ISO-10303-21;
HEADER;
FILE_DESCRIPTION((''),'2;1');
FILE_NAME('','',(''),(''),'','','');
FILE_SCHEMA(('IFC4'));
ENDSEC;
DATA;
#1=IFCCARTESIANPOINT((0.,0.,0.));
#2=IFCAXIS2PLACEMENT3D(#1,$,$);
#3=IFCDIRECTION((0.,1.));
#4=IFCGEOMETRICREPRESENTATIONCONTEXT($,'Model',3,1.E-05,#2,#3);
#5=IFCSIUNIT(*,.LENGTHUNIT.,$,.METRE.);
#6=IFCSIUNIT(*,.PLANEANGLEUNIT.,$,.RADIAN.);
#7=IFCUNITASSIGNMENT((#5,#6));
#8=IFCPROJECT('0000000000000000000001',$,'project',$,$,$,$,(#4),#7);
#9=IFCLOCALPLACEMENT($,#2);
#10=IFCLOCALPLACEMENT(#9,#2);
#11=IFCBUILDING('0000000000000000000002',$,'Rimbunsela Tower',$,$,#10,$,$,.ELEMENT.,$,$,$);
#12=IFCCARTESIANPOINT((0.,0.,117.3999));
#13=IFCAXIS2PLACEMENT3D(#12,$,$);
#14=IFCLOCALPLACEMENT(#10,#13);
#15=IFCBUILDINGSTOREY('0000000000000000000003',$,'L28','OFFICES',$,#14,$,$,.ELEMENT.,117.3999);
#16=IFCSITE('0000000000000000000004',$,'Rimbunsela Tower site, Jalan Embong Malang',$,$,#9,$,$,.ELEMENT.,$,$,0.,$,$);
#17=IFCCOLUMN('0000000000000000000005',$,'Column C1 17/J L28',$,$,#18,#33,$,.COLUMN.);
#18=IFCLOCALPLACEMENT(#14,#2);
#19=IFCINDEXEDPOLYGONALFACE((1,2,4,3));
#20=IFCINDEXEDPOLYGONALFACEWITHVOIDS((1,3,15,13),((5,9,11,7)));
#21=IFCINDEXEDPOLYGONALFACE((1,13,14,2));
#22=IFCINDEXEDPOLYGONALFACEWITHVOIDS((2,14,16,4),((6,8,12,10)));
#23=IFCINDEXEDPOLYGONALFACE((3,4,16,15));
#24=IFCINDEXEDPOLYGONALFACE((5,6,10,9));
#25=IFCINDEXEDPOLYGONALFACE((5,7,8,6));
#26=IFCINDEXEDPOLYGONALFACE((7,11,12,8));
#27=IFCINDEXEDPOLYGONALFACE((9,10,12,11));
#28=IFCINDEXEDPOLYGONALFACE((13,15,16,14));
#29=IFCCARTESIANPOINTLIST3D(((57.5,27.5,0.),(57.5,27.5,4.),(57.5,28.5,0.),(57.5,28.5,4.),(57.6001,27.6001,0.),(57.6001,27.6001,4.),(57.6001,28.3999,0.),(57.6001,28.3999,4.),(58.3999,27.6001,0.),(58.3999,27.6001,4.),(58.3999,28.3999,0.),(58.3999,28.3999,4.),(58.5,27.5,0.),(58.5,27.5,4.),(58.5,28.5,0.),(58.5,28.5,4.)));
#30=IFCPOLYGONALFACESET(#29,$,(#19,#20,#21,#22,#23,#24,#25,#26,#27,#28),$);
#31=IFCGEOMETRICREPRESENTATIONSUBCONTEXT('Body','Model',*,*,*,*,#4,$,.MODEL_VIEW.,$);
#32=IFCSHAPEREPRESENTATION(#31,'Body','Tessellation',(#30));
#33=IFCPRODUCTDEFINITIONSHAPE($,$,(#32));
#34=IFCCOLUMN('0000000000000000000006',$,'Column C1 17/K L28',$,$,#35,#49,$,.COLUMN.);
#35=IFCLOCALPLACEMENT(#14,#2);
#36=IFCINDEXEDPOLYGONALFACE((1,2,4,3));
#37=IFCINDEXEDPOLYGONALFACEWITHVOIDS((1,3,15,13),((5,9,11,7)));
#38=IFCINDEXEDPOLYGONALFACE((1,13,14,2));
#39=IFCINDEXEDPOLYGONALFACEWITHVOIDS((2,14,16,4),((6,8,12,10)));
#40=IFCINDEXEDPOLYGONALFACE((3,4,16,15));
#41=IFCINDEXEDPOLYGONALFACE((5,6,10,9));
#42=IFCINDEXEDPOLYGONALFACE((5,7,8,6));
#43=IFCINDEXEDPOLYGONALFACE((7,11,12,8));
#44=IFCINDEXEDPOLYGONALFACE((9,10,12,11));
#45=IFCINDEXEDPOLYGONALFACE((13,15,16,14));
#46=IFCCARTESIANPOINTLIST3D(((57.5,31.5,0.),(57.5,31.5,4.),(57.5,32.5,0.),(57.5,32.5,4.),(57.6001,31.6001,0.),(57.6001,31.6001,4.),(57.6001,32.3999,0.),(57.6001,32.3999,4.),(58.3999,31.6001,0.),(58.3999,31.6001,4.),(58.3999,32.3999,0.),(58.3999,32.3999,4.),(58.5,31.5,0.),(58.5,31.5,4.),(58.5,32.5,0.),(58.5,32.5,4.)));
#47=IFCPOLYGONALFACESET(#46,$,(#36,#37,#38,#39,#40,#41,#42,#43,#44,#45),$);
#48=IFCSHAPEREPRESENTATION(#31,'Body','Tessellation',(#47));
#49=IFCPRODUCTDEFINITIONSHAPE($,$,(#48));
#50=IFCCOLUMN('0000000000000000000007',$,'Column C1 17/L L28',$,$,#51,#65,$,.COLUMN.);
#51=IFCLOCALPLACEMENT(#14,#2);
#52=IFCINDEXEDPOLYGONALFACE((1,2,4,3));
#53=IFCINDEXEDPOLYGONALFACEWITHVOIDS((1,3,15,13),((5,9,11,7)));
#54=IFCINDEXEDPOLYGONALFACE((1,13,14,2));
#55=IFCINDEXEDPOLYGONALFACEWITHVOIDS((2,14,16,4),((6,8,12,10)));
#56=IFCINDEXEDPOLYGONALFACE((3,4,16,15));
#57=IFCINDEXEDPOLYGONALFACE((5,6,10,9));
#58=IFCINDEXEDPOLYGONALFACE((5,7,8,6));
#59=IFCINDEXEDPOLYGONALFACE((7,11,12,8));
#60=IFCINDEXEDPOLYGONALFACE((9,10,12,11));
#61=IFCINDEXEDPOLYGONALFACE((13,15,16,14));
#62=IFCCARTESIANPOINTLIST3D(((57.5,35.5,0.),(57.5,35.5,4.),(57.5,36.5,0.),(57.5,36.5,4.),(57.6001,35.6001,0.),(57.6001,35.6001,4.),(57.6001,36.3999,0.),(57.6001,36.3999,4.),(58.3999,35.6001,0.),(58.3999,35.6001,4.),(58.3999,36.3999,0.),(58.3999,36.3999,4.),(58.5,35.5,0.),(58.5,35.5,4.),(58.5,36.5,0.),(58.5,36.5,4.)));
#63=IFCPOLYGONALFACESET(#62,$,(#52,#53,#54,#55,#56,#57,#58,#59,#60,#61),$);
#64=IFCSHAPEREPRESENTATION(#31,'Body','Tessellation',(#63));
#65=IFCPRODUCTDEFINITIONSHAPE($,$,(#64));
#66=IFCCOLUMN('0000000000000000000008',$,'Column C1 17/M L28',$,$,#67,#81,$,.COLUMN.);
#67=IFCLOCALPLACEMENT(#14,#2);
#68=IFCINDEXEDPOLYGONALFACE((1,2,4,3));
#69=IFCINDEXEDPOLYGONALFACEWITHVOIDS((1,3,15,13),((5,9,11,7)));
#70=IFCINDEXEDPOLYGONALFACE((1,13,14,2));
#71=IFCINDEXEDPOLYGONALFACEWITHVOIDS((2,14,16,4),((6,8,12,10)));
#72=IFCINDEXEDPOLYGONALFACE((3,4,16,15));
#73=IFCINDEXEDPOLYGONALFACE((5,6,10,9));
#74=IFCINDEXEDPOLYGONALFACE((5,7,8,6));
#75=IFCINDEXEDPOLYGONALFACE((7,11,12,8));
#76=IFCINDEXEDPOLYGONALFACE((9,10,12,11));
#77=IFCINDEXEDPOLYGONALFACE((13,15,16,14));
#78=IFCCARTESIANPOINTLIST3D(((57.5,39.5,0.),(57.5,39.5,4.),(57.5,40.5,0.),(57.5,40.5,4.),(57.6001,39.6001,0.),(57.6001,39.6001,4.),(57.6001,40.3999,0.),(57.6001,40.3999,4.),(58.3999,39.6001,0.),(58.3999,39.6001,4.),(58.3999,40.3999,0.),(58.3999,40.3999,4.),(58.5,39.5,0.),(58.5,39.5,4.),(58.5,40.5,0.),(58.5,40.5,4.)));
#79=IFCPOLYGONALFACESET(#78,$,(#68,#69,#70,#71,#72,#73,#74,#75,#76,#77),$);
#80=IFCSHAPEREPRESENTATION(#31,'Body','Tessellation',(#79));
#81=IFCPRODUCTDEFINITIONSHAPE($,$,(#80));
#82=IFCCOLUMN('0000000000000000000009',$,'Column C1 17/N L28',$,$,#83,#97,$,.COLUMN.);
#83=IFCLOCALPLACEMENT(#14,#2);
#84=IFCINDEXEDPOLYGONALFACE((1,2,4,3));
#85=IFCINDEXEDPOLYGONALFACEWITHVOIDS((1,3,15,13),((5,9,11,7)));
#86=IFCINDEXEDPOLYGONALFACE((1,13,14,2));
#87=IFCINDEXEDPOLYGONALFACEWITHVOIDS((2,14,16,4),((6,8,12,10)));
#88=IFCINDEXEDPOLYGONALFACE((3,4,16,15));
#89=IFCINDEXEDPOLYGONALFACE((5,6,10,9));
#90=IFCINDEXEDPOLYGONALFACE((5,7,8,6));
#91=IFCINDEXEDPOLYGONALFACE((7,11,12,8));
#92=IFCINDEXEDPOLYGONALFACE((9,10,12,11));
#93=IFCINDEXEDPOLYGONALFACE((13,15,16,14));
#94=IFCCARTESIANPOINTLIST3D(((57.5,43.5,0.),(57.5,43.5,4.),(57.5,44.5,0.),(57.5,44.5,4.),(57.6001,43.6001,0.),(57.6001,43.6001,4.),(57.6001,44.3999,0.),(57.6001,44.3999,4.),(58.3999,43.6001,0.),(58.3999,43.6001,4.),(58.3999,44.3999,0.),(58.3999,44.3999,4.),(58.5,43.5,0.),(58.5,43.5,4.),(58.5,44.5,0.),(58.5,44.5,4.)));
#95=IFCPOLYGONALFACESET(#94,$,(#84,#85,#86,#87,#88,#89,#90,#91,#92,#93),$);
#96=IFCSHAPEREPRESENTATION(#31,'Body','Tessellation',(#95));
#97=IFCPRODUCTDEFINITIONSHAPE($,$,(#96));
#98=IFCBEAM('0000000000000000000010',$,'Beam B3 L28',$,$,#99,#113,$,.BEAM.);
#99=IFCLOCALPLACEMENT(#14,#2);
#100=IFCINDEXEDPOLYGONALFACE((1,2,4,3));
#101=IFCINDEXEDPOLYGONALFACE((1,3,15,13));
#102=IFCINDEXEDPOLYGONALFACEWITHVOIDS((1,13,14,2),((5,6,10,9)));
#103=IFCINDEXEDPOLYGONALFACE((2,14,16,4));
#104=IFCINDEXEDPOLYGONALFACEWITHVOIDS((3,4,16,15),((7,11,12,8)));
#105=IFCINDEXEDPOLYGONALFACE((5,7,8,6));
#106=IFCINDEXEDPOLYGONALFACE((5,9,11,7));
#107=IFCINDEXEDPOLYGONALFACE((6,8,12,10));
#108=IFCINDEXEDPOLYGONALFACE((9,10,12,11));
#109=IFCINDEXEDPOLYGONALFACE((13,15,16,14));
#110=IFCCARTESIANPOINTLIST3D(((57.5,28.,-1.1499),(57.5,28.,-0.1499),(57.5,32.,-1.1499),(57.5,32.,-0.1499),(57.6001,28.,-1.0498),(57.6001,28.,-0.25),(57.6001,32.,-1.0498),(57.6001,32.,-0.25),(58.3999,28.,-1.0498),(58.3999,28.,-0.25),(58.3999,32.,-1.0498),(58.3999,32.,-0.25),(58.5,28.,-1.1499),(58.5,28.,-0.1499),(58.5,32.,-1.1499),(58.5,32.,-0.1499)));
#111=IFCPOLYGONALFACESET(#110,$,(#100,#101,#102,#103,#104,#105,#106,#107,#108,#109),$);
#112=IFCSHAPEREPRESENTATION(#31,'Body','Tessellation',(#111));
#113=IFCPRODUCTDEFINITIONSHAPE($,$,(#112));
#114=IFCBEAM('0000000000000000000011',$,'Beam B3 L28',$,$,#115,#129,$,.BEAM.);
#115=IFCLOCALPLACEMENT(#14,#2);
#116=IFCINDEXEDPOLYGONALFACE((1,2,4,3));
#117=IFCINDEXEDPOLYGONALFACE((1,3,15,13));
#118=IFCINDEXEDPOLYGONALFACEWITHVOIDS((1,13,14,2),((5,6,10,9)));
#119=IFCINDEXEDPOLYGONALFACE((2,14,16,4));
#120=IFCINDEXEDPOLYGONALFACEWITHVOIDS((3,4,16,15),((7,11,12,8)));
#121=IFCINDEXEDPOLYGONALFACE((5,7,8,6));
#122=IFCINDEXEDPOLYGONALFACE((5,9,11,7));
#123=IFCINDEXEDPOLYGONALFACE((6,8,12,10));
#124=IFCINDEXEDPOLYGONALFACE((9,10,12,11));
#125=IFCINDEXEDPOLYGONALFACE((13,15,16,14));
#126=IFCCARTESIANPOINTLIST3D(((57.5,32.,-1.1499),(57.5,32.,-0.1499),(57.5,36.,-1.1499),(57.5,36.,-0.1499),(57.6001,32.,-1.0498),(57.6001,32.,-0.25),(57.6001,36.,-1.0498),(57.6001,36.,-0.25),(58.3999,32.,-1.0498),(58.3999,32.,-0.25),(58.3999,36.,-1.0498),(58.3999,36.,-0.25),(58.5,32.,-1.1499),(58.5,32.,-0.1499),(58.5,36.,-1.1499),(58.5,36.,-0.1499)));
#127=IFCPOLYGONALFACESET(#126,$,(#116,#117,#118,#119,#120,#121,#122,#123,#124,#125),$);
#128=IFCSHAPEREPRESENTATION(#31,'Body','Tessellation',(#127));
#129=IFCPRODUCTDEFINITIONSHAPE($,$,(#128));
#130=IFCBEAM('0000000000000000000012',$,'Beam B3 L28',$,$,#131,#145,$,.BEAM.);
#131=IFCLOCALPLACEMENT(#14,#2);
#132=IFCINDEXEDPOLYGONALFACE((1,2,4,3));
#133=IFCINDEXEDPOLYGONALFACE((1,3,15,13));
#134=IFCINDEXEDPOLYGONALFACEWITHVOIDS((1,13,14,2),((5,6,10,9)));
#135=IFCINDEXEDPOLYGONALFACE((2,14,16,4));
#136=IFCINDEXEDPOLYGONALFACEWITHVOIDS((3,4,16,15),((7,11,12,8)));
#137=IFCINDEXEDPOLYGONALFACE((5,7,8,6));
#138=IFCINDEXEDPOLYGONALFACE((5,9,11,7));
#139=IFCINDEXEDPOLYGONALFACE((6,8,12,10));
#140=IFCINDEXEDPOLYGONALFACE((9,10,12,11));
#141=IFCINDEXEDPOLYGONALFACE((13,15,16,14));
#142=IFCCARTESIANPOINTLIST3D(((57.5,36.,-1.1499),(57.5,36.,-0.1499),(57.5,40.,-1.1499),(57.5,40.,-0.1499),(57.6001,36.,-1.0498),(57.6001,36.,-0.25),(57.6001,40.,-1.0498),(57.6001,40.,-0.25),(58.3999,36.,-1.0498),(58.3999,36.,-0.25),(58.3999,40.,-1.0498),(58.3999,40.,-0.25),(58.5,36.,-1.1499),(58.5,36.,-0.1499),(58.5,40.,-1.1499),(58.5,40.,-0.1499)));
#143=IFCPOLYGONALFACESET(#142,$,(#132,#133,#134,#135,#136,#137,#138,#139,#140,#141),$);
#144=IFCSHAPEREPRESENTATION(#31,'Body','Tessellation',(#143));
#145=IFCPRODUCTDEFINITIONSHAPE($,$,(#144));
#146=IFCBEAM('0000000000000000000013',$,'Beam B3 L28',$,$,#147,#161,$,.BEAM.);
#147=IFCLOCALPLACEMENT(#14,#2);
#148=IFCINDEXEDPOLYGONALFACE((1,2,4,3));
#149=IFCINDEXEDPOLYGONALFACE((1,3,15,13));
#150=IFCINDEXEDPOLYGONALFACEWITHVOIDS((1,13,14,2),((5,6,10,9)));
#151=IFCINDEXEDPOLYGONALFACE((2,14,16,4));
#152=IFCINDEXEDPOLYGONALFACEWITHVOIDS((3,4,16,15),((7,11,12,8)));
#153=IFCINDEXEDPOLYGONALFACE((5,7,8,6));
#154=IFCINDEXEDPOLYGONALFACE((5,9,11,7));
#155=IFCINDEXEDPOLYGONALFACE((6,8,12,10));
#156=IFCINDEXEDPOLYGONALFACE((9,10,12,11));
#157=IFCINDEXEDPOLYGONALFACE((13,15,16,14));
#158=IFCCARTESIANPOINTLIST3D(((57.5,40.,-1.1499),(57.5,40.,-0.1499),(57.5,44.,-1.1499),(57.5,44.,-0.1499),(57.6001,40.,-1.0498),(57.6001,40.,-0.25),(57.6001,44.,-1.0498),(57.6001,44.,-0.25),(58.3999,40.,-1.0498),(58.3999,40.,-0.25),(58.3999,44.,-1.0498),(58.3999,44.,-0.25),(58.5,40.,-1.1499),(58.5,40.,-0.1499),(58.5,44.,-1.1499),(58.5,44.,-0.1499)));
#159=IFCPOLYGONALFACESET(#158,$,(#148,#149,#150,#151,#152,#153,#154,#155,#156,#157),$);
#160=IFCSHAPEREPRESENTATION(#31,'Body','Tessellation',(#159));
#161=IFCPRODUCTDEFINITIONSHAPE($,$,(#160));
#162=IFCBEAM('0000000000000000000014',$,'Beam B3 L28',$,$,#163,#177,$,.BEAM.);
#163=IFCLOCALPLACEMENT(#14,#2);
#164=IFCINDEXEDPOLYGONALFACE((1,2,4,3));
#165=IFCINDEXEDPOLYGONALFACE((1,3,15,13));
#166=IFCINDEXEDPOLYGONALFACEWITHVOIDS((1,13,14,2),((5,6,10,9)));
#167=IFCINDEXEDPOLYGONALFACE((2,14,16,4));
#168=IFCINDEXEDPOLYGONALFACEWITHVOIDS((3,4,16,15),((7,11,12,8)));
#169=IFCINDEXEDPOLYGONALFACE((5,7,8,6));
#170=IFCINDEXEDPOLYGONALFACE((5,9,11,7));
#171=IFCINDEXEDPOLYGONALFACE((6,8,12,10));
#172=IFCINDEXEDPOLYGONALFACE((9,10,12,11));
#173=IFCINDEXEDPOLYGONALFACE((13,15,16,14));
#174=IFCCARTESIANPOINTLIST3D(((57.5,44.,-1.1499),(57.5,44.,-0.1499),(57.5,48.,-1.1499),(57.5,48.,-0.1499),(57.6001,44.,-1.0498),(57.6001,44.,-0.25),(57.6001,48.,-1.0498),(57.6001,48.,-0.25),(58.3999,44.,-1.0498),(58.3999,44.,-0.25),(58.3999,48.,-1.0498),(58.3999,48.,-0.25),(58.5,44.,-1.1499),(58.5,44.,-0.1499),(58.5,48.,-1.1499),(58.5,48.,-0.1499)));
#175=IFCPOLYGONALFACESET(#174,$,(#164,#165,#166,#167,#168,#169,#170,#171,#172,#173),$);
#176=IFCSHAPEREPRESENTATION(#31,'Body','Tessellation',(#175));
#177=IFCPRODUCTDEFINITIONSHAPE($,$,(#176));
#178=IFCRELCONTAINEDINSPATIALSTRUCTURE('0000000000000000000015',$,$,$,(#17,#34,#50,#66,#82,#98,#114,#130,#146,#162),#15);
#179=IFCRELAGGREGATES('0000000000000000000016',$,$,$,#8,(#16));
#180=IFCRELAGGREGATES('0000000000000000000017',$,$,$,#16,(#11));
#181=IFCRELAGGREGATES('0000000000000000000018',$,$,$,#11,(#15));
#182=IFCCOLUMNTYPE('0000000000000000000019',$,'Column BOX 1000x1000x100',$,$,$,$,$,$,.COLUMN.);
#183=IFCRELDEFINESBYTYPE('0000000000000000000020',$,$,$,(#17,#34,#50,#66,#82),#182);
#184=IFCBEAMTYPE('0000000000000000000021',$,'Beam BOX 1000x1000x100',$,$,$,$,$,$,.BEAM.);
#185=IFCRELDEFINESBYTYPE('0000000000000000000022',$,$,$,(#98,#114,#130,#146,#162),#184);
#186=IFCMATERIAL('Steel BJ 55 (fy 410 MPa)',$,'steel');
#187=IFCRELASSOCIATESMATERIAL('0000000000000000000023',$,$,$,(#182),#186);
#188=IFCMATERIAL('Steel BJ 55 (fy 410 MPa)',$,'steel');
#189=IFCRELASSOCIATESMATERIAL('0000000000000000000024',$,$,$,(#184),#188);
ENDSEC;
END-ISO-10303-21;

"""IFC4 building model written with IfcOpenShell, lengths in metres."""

from ifc_helpers import new_model, si_unit, direction, frame, origin, origin_2d, place, context, subcontext, project, spatial, hollow_rectangle, extrude, material, material_profile, profile_set, type_object, element, save


model = new_model("IFC4")

# Units and contexts
model_context = context("Model", 3, precision=1e-05, world=origin(), true_north=direction((0.0, 1.0)))
body_context = subcontext(model_context, "Body", "Model", "MODEL_VIEW")
ifc_project = project(units=[si_unit("LENGTHUNIT", "METRE"), si_unit("PLANEANGLEUNIT", "RADIAN")], contexts=[model_context])

# Site, building, storey
site_placement = place(None, origin())
site = spatial("IfcSite", under=ifc_project, at=site_placement, Name="Rimbunsela Tower site, Jalan Embong Malang", CompositionType="ELEMENT", RefElevation=0.0)
building_placement = place(site_placement, origin())
building = spatial("IfcBuilding", under=site, at=building_placement, Name="Rimbunsela Tower", CompositionType="ELEMENT")
storey_placement = place(building_placement, frame((0.0, 0.0, 117.3999)))
storey = spatial("IfcBuildingStorey", under=building, at=storey_placement, Name="L28", Description="OFFICES", CompositionType="ELEMENT", Elevation=117.3999)

# Columns
ifc_material_1 = material(Name="Steel BJ 55 (fy 410 MPa)", Category="steel")
ifc_material_profile_1 = material_profile(ifc_material_1, hollow_rectangle(XDim=1.0, YDim=1.0, WallThickness=0.1001, at=origin_2d()), Name="BOX 1000x1000x100")
ifc_profile_set_1 = profile_set([ifc_material_profile_1], Name="Steel BJ 55 (fy 410 MPa)")
column_type = type_object("IfcColumnType", Name="Column BOX 1000x1000x100", PredefinedType="COLUMN", material=ifc_profile_set_1)
for number, where, z_axis, x_axis, name in (
    (1, (58.0, 28.0, 0.0), (0.0, 0.0, 1.0), (1.0, 0.0, 0.0), "Column C1 17/J L28"),
    (2, (58.0, 32.0, 0.0), (0.0, 0.0, 1.0), (1.0, 0.0, 0.0), "Column C1 17/K L28"),
    (3, (58.0, 36.0, 0.0), (0.0, 0.0, 1.0), (1.0, 0.0, 0.0), "Column C1 17/L L28"),
    (4, (58.0, 40.0, 0.0), (0.0, 0.0, 1.0), (1.0, 0.0, 0.0), "Column C1 17/M L28"),
    (5, (58.0, 44.0, 0.0), (0.0, 0.0, 1.0), (1.0, 0.0, 0.0), "Column C1 17/N L28"),
):
    element("IfcColumn", number, at=place(storey_placement, frame(where, z_axis=z_axis, x_axis=x_axis)), inside=storey, type_object=column_type, Name=name, PredefinedType="COLUMN", context=body_context, shape_type="SweptSolid", body=[
        extrude(hollow_rectangle(XDim=1.0, YDim=1.0, WallThickness=0.1001, at=origin_2d()), origin(), (0.0, 0.0, 1.0), 4.0),
    ])

# Beams
ifc_material_2 = material(Name="Steel BJ 55 (fy 410 MPa)", Category="steel")
ifc_material_profile_2 = material_profile(ifc_material_2, hollow_rectangle(XDim=1.0, YDim=1.0, WallThickness=0.1001, at=origin_2d()), Name="BOX 1000x1000x100")
ifc_profile_set_2 = profile_set([ifc_material_profile_2], Name="Steel BJ 55 (fy 410 MPa)")
beam_type_1 = type_object("IfcBeamType", Name="Beam BOX 1000x1000x100", PredefinedType="BEAM", material=ifc_profile_set_2)
for number, where, z_axis, x_axis, name in (
    (6, (58.0, 28.0, -0.6499), (0.0, 1.0, 0.0), (-1.0, 0.0, 0.0), "Beam B3 L28"),
    (7, (58.0, 32.0, -0.6499), (0.0, 1.0, 0.0), (-1.0, 0.0, 0.0), "Beam B3 L28"),
    (8, (58.0, 36.0, -0.6499), (0.0, 1.0, 0.0), (-1.0, 0.0, 0.0), "Beam B3 L28"),
    (9, (58.0, 40.0, -0.6499), (0.0, 1.0, 0.0), (-1.0, 0.0, 0.0), "Beam B3 L28"),
    (10, (58.0, 44.0, -0.6499), (0.0, 1.0, 0.0), (-1.0, 0.0, 0.0), "Beam B3 L28"),
):
    element("IfcBeam", number, at=place(storey_placement, frame(where, z_axis=z_axis, x_axis=x_axis)), inside=storey, type_object=beam_type_1, Name=name, PredefinedType="BEAM", context=body_context, shape_type="SweptSolid", body=[
        extrude(hollow_rectangle(XDim=1.0, YDim=1.0, WallThickness=0.1001, at=origin_2d()), origin(), (0.0, 0.0, 1.0), 4.0),
    ])

save(model, "model.ifc")
